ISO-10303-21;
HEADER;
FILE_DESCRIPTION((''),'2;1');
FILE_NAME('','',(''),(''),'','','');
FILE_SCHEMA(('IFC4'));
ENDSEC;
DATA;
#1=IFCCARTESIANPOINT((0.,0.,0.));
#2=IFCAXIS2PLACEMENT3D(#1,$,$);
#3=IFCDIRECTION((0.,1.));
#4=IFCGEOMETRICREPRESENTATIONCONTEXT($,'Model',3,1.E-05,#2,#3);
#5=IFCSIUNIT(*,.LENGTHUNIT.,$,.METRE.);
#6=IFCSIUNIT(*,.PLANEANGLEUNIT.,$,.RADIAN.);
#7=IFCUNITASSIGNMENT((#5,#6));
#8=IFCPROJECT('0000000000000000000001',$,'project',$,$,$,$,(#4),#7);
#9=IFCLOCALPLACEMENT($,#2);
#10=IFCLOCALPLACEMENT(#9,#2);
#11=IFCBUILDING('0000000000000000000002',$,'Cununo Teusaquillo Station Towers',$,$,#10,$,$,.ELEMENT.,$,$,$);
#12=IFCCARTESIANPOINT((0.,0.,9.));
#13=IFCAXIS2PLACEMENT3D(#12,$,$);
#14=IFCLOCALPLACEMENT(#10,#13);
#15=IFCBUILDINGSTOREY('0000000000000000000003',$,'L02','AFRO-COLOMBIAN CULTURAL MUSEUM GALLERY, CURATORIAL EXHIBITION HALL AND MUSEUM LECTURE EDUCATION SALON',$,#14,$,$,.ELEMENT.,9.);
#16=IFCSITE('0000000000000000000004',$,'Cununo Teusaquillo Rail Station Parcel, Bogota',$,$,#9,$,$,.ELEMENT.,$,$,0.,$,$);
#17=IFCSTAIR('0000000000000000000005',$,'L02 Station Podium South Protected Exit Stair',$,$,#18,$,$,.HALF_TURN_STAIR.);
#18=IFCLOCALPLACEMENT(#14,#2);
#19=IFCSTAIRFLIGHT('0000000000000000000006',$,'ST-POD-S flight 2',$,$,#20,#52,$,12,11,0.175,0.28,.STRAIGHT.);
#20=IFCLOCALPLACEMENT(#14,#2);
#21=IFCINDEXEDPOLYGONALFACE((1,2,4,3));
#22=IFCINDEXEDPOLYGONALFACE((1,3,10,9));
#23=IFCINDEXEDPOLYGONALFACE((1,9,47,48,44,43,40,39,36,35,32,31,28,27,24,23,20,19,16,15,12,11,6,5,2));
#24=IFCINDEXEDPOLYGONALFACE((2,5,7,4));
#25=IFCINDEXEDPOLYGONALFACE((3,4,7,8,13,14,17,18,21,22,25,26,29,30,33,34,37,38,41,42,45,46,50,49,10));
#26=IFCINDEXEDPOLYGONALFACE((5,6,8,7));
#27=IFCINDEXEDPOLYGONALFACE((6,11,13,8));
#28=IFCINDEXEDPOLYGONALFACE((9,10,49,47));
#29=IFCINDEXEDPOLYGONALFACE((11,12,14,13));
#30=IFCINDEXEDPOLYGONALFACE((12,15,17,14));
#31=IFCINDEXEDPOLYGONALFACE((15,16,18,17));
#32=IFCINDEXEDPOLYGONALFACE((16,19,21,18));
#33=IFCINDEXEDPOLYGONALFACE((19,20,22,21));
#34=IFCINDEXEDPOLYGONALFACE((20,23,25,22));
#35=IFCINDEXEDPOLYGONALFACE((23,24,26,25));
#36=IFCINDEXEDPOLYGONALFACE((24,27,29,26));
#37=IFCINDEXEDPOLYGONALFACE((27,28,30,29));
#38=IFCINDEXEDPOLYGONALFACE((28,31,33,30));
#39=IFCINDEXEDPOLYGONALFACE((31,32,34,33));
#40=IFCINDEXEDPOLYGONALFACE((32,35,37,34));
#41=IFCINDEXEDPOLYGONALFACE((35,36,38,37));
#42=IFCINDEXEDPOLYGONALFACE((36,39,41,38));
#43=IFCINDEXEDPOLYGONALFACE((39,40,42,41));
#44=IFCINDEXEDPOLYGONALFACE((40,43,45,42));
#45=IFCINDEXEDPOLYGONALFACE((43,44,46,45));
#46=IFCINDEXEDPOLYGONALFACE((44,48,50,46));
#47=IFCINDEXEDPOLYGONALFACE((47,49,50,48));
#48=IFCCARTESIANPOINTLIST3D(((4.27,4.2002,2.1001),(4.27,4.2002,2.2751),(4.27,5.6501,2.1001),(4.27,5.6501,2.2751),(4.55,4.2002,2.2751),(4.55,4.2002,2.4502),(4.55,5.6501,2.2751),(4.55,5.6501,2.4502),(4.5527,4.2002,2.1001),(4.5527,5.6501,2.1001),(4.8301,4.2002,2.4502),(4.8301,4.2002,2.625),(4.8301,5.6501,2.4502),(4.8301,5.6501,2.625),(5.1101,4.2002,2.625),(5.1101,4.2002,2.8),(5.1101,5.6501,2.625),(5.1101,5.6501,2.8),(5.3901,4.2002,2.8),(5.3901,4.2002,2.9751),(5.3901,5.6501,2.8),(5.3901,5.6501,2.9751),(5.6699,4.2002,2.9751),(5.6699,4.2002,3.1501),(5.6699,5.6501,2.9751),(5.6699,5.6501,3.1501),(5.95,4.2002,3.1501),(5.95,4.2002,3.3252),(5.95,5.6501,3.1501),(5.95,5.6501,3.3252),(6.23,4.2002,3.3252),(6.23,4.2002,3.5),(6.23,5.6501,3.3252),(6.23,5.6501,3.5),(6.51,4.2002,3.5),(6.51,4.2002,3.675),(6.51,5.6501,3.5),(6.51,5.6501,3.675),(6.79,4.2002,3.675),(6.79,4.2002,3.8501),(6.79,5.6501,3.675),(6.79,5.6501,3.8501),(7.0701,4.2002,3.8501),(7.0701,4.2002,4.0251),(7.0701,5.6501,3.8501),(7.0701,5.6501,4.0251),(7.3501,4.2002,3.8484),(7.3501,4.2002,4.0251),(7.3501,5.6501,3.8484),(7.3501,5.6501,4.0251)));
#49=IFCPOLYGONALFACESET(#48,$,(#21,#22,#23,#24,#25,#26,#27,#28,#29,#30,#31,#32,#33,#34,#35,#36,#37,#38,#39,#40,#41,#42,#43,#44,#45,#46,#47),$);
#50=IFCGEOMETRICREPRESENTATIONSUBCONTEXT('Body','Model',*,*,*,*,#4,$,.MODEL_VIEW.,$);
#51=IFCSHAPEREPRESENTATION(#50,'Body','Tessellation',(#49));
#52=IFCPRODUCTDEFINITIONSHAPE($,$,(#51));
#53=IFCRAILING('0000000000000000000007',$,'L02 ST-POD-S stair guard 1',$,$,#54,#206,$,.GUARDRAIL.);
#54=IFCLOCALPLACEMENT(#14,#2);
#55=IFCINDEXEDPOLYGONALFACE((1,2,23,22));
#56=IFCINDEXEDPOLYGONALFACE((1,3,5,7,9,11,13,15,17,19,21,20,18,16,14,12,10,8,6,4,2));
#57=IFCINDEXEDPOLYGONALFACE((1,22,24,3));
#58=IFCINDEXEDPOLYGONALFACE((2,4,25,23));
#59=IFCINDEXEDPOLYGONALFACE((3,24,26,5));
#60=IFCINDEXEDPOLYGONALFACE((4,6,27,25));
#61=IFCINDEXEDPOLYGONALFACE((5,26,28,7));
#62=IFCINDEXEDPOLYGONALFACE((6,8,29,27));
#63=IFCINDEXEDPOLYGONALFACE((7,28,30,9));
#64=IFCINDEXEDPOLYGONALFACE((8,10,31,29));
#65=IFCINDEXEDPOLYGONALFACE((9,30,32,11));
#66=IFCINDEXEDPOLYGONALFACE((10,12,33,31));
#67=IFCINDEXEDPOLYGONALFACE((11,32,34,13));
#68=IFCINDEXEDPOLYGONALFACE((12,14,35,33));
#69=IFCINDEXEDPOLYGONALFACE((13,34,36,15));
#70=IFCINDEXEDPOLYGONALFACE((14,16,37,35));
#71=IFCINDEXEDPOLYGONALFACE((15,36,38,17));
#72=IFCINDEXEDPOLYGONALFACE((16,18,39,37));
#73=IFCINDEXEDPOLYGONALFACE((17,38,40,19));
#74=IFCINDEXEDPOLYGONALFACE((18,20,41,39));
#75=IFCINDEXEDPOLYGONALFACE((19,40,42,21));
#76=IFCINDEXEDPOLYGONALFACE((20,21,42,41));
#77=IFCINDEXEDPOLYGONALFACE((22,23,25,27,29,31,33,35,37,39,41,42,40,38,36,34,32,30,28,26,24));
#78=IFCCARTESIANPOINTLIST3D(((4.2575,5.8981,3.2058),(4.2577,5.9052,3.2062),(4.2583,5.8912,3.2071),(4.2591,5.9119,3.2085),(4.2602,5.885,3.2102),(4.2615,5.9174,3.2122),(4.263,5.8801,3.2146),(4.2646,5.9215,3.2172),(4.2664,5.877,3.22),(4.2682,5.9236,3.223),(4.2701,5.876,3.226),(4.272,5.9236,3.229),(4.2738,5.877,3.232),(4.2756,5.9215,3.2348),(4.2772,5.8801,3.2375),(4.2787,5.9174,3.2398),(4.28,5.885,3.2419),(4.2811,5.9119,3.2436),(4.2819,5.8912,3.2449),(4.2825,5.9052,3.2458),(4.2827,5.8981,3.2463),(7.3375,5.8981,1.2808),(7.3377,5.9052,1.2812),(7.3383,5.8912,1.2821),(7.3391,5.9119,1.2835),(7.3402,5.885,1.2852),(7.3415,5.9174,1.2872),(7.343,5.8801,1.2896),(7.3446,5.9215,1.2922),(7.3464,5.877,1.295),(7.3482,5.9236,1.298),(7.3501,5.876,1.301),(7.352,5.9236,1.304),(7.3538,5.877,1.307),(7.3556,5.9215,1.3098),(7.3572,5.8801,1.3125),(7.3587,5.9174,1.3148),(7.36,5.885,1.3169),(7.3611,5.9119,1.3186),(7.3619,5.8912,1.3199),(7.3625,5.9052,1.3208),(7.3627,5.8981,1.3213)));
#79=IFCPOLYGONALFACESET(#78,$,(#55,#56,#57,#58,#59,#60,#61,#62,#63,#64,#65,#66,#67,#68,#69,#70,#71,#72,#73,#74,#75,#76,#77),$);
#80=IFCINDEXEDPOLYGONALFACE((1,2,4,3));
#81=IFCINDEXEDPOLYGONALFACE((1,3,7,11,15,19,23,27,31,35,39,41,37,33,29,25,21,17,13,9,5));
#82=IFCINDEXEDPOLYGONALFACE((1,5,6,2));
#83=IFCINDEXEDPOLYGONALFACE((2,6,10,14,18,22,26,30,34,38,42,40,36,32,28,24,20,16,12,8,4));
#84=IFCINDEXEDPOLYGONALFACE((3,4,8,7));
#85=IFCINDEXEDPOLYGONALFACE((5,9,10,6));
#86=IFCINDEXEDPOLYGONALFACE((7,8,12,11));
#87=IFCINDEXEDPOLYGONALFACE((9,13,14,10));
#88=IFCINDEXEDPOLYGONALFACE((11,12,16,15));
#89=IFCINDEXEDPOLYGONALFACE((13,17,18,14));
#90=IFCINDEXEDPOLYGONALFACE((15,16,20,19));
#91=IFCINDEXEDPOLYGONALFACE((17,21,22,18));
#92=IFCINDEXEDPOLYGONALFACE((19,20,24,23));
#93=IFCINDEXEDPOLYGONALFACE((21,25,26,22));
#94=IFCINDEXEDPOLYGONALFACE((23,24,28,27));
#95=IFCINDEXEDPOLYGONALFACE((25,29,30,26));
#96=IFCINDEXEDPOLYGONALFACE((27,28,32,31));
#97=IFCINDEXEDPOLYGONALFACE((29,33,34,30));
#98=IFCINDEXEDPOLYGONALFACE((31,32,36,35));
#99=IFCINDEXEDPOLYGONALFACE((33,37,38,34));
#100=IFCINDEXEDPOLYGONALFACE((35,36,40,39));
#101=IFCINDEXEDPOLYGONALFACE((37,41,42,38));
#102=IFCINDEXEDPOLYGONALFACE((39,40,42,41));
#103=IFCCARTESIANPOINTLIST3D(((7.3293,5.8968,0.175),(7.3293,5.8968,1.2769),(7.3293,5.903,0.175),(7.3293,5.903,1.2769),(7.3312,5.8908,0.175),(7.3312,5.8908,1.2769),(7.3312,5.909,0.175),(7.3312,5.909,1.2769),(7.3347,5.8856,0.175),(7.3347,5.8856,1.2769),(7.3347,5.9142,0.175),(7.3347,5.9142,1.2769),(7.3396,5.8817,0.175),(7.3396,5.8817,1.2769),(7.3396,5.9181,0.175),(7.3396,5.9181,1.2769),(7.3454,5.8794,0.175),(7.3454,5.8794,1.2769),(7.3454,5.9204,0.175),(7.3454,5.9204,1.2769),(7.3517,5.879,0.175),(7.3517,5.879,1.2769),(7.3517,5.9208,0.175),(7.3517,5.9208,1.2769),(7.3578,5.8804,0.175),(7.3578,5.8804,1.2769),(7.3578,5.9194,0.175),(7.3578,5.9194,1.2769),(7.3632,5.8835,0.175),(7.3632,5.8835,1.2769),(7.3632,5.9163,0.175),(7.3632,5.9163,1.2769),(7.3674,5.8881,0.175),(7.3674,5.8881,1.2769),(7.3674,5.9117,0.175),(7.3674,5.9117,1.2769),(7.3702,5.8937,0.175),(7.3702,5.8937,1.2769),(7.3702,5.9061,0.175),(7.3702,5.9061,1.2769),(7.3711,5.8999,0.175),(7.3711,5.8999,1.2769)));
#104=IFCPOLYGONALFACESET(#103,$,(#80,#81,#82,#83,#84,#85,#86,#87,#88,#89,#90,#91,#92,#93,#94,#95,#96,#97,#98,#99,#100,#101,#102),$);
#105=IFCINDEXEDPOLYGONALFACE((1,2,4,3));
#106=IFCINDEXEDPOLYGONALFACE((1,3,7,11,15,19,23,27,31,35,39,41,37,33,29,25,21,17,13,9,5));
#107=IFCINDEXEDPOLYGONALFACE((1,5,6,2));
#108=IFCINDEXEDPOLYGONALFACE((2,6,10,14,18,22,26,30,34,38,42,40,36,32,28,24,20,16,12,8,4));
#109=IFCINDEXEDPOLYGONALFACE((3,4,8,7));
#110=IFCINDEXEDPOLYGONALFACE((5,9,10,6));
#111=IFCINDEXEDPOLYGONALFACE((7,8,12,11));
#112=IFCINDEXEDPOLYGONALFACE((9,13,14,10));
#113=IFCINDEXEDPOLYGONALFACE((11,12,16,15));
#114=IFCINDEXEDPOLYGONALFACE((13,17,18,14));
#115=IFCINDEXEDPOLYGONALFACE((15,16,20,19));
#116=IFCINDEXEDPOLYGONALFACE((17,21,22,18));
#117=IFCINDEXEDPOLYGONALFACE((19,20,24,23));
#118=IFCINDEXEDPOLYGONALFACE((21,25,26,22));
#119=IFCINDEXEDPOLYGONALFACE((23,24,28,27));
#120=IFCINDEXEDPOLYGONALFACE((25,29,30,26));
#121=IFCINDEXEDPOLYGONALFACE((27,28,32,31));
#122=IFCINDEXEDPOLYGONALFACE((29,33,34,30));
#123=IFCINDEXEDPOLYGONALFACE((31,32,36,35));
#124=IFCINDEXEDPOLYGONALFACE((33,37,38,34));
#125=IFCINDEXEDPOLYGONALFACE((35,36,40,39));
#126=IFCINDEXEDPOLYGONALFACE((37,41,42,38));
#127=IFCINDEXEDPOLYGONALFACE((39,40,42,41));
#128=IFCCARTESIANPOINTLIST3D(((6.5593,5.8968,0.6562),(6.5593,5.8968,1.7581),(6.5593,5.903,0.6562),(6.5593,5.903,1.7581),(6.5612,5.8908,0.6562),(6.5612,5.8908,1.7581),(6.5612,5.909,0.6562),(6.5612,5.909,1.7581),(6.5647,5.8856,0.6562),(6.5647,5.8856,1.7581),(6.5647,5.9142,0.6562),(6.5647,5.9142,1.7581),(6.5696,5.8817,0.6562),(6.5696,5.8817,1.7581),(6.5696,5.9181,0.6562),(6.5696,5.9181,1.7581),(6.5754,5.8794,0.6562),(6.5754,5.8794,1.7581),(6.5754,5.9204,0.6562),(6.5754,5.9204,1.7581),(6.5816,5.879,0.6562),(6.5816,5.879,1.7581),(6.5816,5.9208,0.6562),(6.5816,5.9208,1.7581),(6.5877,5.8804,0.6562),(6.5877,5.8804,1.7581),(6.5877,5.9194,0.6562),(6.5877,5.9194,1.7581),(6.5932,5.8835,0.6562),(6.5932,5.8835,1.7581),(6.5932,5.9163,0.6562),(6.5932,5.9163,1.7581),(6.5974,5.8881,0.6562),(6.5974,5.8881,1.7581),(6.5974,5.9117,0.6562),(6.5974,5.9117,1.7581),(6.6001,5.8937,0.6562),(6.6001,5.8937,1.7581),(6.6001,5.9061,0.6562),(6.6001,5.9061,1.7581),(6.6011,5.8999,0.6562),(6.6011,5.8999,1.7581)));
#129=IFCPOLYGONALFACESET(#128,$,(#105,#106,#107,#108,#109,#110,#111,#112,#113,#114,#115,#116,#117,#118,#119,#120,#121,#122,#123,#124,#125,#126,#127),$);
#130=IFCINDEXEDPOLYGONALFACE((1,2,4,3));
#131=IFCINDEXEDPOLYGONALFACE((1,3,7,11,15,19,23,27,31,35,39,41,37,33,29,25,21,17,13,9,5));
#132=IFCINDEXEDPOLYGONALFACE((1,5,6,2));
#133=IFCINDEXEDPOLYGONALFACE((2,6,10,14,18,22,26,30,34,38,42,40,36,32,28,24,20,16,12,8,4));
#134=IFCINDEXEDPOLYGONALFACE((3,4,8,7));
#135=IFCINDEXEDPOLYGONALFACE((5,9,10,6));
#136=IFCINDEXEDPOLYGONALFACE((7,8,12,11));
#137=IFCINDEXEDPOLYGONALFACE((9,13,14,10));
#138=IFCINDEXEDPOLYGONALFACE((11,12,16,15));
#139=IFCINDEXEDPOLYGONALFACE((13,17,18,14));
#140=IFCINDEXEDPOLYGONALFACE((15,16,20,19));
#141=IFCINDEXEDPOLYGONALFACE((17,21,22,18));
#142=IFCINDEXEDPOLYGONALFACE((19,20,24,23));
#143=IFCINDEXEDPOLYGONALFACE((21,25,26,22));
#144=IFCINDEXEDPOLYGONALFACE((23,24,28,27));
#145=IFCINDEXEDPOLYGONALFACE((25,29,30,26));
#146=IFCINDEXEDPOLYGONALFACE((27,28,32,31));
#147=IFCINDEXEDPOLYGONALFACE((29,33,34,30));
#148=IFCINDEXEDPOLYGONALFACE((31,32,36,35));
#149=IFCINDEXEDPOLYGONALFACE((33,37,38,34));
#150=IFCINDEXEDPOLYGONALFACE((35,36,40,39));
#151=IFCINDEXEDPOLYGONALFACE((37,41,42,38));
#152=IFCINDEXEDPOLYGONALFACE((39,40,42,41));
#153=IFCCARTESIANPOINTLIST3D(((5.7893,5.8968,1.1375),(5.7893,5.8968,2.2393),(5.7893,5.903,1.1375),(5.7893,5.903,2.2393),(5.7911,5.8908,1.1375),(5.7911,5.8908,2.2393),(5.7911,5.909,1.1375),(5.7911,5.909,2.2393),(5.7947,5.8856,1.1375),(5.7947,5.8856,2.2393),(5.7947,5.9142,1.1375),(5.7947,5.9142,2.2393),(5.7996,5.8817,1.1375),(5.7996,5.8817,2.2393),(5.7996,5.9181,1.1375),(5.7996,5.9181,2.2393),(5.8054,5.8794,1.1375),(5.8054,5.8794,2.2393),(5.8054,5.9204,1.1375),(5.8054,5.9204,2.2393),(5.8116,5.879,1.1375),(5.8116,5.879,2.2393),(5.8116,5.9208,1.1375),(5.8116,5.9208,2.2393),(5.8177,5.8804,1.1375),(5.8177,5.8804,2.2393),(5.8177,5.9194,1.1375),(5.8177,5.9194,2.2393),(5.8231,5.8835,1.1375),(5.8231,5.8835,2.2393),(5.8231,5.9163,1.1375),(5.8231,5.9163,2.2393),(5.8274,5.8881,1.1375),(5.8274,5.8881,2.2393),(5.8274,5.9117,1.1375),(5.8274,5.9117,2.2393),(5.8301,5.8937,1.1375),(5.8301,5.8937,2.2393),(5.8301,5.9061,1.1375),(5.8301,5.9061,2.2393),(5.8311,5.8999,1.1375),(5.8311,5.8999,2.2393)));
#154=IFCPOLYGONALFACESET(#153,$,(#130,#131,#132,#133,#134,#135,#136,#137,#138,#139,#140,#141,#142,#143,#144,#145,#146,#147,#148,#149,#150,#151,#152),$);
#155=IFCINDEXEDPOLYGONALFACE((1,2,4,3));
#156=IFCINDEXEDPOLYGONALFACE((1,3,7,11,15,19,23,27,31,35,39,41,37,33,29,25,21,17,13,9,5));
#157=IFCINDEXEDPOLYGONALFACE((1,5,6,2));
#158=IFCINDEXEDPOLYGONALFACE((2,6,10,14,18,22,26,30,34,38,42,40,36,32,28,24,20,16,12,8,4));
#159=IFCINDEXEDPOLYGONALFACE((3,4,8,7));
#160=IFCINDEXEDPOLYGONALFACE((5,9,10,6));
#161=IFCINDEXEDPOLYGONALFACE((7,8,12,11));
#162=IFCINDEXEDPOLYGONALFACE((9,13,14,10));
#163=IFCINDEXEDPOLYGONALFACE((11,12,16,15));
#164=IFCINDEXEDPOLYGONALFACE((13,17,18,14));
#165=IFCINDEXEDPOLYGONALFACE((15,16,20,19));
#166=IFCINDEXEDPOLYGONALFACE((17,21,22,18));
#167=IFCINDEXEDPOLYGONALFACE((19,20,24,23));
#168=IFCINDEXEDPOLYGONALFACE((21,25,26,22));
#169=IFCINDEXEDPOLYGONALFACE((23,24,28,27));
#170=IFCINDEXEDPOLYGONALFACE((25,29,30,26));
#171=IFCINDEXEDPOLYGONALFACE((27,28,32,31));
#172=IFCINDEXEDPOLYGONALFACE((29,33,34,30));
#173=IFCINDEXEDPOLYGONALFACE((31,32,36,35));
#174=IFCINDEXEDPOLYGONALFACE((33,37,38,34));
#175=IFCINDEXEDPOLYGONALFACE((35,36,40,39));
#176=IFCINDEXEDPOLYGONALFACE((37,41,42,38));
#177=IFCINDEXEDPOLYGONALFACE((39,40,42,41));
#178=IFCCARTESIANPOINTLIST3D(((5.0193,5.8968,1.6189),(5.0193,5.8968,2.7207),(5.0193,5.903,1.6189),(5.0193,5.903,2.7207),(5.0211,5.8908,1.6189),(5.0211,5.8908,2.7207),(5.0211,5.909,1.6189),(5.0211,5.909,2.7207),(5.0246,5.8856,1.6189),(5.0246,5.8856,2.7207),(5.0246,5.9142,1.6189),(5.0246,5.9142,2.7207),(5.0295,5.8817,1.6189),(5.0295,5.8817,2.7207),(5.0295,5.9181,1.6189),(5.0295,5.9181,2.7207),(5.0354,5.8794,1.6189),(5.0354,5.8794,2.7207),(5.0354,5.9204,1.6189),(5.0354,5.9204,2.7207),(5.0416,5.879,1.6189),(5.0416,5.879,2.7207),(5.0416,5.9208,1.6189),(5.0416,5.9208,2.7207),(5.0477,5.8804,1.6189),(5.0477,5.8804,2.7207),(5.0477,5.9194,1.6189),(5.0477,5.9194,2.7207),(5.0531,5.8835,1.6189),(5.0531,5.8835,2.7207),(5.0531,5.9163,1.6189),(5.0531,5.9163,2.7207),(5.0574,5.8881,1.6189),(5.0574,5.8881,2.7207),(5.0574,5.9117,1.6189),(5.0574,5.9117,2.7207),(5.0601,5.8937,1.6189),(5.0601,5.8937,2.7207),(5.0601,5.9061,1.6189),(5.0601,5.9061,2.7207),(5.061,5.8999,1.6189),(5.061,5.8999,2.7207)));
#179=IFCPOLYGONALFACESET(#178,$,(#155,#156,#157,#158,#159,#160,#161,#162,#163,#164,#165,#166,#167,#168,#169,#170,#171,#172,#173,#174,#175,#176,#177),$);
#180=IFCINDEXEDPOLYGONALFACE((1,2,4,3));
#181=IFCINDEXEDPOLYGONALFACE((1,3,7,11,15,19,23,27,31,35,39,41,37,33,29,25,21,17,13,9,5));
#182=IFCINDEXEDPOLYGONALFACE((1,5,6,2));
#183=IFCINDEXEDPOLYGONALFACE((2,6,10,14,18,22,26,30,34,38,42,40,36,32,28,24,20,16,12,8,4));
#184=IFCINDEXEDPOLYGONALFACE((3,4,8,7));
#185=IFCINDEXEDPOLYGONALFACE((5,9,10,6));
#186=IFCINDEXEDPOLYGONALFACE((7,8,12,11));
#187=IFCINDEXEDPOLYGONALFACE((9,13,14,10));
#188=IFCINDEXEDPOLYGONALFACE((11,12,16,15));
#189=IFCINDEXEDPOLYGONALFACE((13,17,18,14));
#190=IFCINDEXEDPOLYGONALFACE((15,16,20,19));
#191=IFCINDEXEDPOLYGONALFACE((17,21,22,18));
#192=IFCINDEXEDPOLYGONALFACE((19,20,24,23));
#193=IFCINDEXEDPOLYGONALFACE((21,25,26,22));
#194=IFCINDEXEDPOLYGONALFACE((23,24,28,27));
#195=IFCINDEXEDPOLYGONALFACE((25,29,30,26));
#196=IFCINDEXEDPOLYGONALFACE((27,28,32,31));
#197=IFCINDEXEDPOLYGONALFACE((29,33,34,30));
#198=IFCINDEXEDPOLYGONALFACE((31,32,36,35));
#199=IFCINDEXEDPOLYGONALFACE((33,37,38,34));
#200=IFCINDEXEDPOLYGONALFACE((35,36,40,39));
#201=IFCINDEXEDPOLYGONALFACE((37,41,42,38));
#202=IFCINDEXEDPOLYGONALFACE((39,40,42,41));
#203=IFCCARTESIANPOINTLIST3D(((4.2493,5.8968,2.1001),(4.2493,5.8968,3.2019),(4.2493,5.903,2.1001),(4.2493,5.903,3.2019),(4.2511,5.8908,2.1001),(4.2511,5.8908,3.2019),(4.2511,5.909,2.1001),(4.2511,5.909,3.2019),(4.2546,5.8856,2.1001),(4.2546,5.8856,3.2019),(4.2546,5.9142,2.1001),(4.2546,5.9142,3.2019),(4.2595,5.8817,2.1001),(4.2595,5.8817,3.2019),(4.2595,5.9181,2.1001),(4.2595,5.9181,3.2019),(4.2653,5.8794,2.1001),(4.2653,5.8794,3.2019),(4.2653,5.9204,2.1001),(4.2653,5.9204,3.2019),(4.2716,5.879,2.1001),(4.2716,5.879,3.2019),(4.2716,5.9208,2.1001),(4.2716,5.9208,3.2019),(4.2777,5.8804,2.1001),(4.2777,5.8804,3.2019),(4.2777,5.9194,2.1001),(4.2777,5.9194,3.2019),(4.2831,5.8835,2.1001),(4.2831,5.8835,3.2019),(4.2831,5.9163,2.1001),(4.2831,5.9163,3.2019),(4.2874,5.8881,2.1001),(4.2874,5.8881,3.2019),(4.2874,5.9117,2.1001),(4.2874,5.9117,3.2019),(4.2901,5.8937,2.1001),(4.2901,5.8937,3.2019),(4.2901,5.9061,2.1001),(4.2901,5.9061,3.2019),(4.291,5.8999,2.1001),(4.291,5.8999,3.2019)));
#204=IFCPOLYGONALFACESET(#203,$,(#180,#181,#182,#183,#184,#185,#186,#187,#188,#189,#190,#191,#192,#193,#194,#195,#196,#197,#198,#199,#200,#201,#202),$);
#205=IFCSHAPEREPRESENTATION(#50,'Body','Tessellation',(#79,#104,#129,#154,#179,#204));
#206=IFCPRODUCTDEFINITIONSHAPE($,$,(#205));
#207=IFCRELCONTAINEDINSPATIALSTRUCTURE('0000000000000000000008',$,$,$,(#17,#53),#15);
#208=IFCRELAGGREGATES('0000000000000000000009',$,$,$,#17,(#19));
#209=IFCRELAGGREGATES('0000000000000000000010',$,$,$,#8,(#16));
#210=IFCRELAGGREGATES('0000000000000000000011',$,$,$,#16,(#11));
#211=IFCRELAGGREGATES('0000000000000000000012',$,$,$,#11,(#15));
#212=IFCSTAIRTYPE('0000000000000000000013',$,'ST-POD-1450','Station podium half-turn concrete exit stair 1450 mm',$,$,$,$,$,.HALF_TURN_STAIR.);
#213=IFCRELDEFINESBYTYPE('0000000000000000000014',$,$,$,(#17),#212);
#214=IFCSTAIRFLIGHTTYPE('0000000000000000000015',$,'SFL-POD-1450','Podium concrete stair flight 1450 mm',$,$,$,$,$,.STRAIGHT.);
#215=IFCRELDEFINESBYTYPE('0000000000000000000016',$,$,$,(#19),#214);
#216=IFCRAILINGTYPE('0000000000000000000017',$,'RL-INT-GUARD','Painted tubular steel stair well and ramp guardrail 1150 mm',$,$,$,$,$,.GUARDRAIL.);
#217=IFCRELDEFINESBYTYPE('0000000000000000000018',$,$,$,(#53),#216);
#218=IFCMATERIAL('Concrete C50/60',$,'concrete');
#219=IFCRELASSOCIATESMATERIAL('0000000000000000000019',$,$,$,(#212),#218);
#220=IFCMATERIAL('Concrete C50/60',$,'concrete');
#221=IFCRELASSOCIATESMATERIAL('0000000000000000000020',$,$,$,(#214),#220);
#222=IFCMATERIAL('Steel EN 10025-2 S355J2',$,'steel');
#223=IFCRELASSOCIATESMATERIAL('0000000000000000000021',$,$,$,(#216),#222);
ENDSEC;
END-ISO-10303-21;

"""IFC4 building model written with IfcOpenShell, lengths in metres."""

from ifc_helpers import new_model, si_unit, direction, frame, origin, origin_2d, place, context, subcontext, project, spatial, polyline, circle, outline, extrude, material, type_object, element, aggregate, save


model = new_model("IFC4")

# Units and contexts
model_context = context("Model", 3, precision=1e-05, world=origin(), true_north=direction((0.0, 1.0)))
body_context = subcontext(model_context, "Body", "Model", "MODEL_VIEW")
ifc_project = project(units=[si_unit("LENGTHUNIT", "METRE"), si_unit("PLANEANGLEUNIT", "RADIAN")], contexts=[model_context])

# Site, building, storey
site_placement = place(None, origin())
site = spatial("IfcSite", under=ifc_project, at=site_placement, Name="Cununo Teusaquillo Rail Station Parcel, Bogota", CompositionType="ELEMENT", RefElevation=0.0)
building_placement = place(site_placement, origin())
building = spatial("IfcBuilding", under=site, at=building_placement, Name="Cununo Teusaquillo Station Towers", CompositionType="ELEMENT")
storey_placement = place(building_placement, frame((0.0, 0.0, 9.0)))
storey = spatial("IfcBuildingStorey", under=building, at=storey_placement, Name="L02", Description="AFRO-COLOMBIAN CULTURAL MUSEUM GALLERY, CURATORIAL EXHIBITION HALL AND MUSEUM LECTURE EDUCATION SALON", CompositionType="ELEMENT", Elevation=9.0)

# Stair, stair flight
ifc_material_1 = material(Name="Concrete C50/60", Category="concrete")
stair_type = type_object("IfcStairType", Name="ST-POD-1450", Description="Station podium half-turn concrete exit stair 1450 mm", PredefinedType="HALF_TURN_STAIR", material=ifc_material_1)
stair_placement = place(storey_placement, origin())
stair = element("IfcStair", 1, at=stair_placement, inside=storey, type_object=stair_type, Name="L02 Station Podium South Protected Exit Stair", PredefinedType="HALF_TURN_STAIR")
ifc_material_2 = material(Name="Concrete C50/60", Category="concrete")
stair_flight_type = type_object("IfcStairFlightType", Name="SFL-POD-1450", Description="Podium concrete stair flight 1450 mm", PredefinedType="STRAIGHT", material=ifc_material_2)
stair_flight_1_placement = place(storey_placement, frame((4.27, 4.925, 2.1001), z_axis=(0.0, 0.0, 1.0), x_axis=(1.0, 0.0, 0.0)))
stair_flight_1 = element("IfcStairFlight", 2, at=stair_flight_1_placement, type_object=stair_flight_type, Name="ST-POD-S flight 2", NumberOfRisers=12, NumberOfTreads=11, PredefinedType="STRAIGHT", RiserHeight=0.175, TreadLength=0.28, context=body_context, shape_type="SweptSolid", body=[
    extrude(outline(polyline([(0.0, 0.0), (0.0, 0.175), (0.28, 0.175), (0.28, 0.3501), (0.5601, 0.3501), (0.5601, 0.5249), (0.8401, 0.5249), (0.8401, 0.7), (1.1201, 0.7), (1.1201, 0.875), (1.3999, 0.875), (1.3999, 1.05), (1.6799, 1.05), (1.6799, 1.2251), (1.96, 1.2251), (1.96, 1.3999), (2.24, 1.3999), (2.24, 1.575), (2.52, 1.575), (2.52, 1.75), (2.8, 1.75), (2.8, 1.925), (3.0801, 1.925), (3.0801, 2.1001), (3.0801, 1.7483), (0.2827, 0.0), (0.0, 0.0)])), frame((0.0, 0.7251, 0.0), z_axis=(0.0, -1.0, 0.0), x_axis=(1.0, 0.0, 0.0)), (0.0, 0.0, 1.0), 1.45),
])
aggregate(stair, [stair_flight_1])

# Railing
ifc_material_3 = material(Name="Steel EN 10025-2 S355J2", Category="steel")
railing_type_1 = type_object("IfcRailingType", Name="RL-INT-GUARD", Description="Painted tubular steel stair well and ramp guardrail 1150 mm", PredefinedType="GUARDRAIL", material=ifc_material_3)
railing_1_placement = place(storey_placement, frame((7.3501, 5.8999, 0.175)))
element("IfcRailing", 3, at=railing_1_placement, inside=storey, type_object=railing_type_1, Name="L02 ST-POD-S stair guard 1", PredefinedType="GUARDRAIL", context=body_context, shape_type="SweptSolid", body=[
    extrude(circle(Radius=0.0239, at=origin_2d()), frame((0.0, 0.0, 1.126), z_axis=(-0.847998, 0.0, 0.529999), x_axis=(0.0, -1.0, 0.0)), (0.0, 0.0, 1.0), 3.6321),
    extrude(circle(Radius=0.021, at=origin_2d()), origin(), (0.0, 0.0, 1.0), 1.1018),
    extrude(circle(Radius=0.021, at=origin_2d()), frame((-0.77, 0.0, 0.4812)), (0.0, 0.0, 1.0), 1.1018),
    extrude(circle(Radius=0.021, at=origin_2d()), frame((-1.54, 0.0, 0.9624)), (0.0, 0.0, 1.0), 1.1018),
    extrude(circle(Radius=0.021, at=origin_2d()), frame((-2.3101, 0.0, 1.4438)), (0.0, 0.0, 1.0), 1.1018),
    extrude(circle(Radius=0.021, at=origin_2d()), frame((-3.0801, 0.0, 1.925)), (0.0, 0.0, 1.0), 1.1018),
])

save(model, "model.ifc")
